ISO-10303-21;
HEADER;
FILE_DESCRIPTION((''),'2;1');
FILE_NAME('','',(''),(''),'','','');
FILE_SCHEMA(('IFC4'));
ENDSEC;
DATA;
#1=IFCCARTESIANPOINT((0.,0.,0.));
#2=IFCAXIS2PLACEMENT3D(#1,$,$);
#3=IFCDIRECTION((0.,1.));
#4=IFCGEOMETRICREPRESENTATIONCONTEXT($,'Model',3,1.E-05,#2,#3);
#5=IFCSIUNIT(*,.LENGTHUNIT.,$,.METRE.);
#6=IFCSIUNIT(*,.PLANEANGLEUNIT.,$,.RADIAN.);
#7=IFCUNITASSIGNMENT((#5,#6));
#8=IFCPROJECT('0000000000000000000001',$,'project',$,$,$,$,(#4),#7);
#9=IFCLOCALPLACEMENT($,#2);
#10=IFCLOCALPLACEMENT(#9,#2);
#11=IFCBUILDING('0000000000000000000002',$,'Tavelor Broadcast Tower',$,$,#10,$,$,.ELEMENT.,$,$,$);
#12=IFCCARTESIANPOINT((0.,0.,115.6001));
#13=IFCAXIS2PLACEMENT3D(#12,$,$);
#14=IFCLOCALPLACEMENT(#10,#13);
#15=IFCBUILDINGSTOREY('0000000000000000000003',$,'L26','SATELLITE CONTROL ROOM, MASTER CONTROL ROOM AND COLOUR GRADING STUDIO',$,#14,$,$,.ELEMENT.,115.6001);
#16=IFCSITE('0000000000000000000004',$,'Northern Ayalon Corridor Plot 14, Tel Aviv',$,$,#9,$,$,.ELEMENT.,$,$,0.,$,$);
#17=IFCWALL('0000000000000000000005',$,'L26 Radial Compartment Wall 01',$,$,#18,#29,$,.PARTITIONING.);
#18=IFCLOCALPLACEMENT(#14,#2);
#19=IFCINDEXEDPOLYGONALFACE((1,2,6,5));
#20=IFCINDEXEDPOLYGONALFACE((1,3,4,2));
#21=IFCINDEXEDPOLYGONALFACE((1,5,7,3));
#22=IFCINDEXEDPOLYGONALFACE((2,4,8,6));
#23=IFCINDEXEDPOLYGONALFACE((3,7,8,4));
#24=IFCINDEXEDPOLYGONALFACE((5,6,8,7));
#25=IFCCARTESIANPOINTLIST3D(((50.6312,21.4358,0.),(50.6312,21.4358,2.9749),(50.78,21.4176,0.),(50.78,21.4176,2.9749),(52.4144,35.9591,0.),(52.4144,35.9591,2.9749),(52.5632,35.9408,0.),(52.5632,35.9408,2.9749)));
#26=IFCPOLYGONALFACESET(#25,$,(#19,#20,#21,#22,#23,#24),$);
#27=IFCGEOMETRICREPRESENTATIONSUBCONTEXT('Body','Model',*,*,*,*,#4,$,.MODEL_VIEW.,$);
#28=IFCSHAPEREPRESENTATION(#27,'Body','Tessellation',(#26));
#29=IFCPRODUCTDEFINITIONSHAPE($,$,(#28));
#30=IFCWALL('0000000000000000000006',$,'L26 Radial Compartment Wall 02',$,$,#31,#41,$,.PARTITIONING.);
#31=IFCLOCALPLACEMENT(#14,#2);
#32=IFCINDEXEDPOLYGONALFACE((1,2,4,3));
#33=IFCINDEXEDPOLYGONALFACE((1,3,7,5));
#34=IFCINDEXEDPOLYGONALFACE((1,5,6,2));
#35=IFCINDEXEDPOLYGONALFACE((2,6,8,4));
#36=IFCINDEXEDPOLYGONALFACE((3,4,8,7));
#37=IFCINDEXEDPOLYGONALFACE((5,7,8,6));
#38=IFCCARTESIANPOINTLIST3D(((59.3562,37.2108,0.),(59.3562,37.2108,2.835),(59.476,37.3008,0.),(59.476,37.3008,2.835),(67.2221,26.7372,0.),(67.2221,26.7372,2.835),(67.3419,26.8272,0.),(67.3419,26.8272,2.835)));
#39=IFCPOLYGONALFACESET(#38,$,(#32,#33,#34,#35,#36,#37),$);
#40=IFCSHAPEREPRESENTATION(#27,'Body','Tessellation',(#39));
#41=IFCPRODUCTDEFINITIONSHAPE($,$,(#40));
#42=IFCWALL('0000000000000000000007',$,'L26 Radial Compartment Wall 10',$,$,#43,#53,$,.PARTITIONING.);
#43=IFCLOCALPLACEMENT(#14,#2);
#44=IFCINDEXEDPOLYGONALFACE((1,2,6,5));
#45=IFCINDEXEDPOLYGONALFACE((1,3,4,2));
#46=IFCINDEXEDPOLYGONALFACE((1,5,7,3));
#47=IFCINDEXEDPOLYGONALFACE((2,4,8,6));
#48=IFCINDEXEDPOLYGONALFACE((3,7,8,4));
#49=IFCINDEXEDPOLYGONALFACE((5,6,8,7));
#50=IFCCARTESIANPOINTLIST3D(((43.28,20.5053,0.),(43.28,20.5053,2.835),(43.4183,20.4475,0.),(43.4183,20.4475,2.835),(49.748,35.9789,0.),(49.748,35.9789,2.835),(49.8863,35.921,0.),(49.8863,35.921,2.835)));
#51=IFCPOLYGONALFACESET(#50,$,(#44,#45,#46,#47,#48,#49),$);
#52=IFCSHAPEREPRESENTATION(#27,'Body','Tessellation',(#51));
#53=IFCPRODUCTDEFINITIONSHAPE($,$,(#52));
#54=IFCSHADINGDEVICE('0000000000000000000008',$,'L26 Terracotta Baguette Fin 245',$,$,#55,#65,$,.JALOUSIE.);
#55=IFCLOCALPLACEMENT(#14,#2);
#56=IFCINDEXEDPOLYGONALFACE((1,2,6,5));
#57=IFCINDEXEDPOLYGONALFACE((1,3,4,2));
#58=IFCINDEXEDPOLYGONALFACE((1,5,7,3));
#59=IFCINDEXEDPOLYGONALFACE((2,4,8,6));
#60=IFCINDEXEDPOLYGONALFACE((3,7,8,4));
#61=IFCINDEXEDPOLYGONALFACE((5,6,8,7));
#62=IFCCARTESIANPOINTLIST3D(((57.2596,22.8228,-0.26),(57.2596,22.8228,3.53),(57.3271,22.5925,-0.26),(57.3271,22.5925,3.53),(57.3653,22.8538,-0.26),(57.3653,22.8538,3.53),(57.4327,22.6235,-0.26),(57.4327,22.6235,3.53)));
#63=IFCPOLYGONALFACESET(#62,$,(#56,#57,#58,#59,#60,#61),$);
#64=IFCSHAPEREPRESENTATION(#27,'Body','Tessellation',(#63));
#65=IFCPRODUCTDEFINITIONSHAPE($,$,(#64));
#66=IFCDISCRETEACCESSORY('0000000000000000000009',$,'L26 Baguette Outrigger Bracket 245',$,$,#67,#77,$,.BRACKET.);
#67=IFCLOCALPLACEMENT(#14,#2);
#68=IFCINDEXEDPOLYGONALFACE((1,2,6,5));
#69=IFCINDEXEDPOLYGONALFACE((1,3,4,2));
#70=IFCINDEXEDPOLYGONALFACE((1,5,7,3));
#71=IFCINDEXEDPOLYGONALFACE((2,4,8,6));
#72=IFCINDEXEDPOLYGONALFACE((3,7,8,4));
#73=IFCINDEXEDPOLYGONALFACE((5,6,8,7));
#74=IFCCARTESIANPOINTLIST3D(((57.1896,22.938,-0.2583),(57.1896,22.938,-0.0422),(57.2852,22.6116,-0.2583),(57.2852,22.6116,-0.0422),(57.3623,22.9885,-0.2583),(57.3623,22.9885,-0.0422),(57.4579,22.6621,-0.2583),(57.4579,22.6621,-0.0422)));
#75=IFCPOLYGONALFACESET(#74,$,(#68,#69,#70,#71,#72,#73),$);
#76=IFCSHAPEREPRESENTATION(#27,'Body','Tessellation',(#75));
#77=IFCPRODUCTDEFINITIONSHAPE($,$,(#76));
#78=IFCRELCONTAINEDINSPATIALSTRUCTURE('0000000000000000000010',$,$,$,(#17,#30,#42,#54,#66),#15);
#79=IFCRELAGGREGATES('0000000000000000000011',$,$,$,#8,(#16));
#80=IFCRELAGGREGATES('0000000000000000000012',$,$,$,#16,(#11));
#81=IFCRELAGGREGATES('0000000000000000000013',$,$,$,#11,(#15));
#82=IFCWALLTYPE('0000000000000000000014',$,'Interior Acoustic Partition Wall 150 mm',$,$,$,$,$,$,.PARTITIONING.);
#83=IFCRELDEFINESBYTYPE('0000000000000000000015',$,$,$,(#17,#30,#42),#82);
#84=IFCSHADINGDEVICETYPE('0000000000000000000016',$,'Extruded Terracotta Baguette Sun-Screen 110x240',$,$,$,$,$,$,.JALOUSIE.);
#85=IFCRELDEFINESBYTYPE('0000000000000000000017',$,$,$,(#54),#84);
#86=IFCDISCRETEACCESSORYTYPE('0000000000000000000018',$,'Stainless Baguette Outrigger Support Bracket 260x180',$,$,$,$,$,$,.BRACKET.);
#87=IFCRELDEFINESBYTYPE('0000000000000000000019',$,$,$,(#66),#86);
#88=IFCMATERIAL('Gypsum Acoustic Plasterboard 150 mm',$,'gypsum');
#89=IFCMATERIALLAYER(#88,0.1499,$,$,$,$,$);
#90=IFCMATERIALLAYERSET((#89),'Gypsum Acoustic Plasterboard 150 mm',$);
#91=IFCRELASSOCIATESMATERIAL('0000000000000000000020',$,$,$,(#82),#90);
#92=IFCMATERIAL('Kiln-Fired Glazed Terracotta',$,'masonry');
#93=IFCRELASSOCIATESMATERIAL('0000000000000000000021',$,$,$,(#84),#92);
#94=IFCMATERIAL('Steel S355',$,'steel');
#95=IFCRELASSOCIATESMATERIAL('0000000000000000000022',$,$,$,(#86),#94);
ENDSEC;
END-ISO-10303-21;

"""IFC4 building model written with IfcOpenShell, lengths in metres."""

from ifc_helpers import new_model, si_unit, direction, frame, frame_2d, origin, origin_2d, place, context, subcontext, project, spatial, rectangle, extrude, source, transform, mapped, material, layer, layer_set, type_object, type_shapes, element, save


model = new_model("IFC4")

# Units and contexts
model_context = context("Model", 3, precision=1e-05, world=origin(), true_north=direction((0.0, 1.0)))
body_context = subcontext(model_context, "Body", "Model", "MODEL_VIEW")
ifc_project = project(units=[si_unit("LENGTHUNIT", "METRE"), si_unit("PLANEANGLEUNIT", "RADIAN")], contexts=[model_context])

# Site, building, storey
site_placement = place(None, origin())
site = spatial("IfcSite", under=ifc_project, at=site_placement, Name="Northern Ayalon Corridor Plot 14, Tel Aviv", CompositionType="ELEMENT", RefElevation=0.0)
building_placement = place(site_placement, origin())
building = spatial("IfcBuilding", under=site, at=building_placement, Name="Tavelor Broadcast Tower", CompositionType="ELEMENT")
storey_placement = place(building_placement, frame((0.0, 0.0, 115.6001)))
storey = spatial("IfcBuildingStorey", under=building, at=storey_placement, Name="L26", Description="SATELLITE CONTROL ROOM, MASTER CONTROL ROOM AND COLOUR GRADING STUDIO", CompositionType="ELEMENT", Elevation=115.6001)

# Shared definitions
ifc_material_1 = material(Name="Steel S355", Category="steel")

# Walls
ifc_material_2 = material(Name="Gypsum Acoustic Plasterboard 150 mm", Category="gypsum")
ifc_layer_1 = layer(ifc_material_2, 0.1499)
ifc_layer_set_1 = layer_set([ifc_layer_1], Name="Gypsum Acoustic Plasterboard 150 mm")
wall_type_1 = type_object("IfcWallType", Name="Interior Acoustic Partition Wall 150 mm", PredefinedType="PARTITIONING", material=ifc_layer_set_1)
wall_1_placement = place(storey_placement, frame((52.4888, 35.95, 0.0), z_axis=(0.0, 0.0, 1.0), x_axis=(-0.121868, -0.992546, 0.0)))
element("IfcWall", 1, at=wall_1_placement, inside=storey, type_object=wall_type_1, Name="L26 Radial Compartment Wall 01", PredefinedType="PARTITIONING", context=body_context, shape_type="SweptSolid", body=[
    extrude(rectangle(XDim=14.6323, YDim=0.1499, at=frame_2d((7.3162, 0.0))), origin(), (0.0, 0.0, 1.0), 2.9749),
])
wall_2_placement = place(storey_placement, frame((59.416, 37.2559, 0.0), z_axis=(0.0, 0.0, 1.0), x_axis=(0.600525, -0.799606, 0.0)))
element("IfcWall", 2, at=wall_2_placement, inside=storey, type_object=wall_type_1, Name="L26 Radial Compartment Wall 02", PredefinedType="PARTITIONING", context=body_context, shape_type="SweptSolid", body=[
    extrude(rectangle(XDim=13.0984, YDim=0.1499, at=frame_2d((6.5493, 0.0))), origin(), (0.0, 0.0, 1.0), 2.835),
])
wall_3_placement = place(storey_placement, frame((49.8171, 35.95, 0.0), z_axis=(0.0, 0.0, 1.0), x_axis=(-0.385665, -0.922639, 0.0)))
element("IfcWall", 3, at=wall_3_placement, inside=storey, type_object=wall_type_1, Name="L26 Radial Compartment Wall 10", PredefinedType="PARTITIONING", context=body_context, shape_type="SweptSolid", body=[
    extrude(rectangle(XDim=16.771, YDim=0.1499, at=frame_2d((8.3855, 0.0))), origin(), (0.0, 0.0, 1.0), 2.835),
])

# Shading device
ifc_material_3 = material(Name="Kiln-Fired Glazed Terracotta", Category="masonry")
shading_device_type = type_object("IfcShadingDeviceType", Name="Extruded Terracotta Baguette Sun-Screen 110x240", PredefinedType="JALOUSIE", material=ifc_material_3)
shared_shape_1 = source(origin(), body_context, "Body", "SweptSolid", [
    extrude(rectangle(XDim=0.1101, YDim=0.24, at=origin_2d()), origin(), (0.0, 0.0, 1.0), 3.79),
])
type_shapes(shading_device_type, [shared_shape_1])
shading_device_placement = place(storey_placement, frame((57.3462, 22.7231, -0.26), z_axis=(0.0, 0.0, 1.0), x_axis=(0.959707, 0.281002, 0.0)))
element("IfcShadingDevice", 4, at=shading_device_placement, inside=storey, type_object=shading_device_type, Name="L26 Terracotta Baguette Fin 245", PredefinedType="JALOUSIE", context=body_context, shape_type="MappedRepresentation", body=[
    mapped(shared_shape_1, transform((0.0, 0.0, 0.0), scale=1.0)),
])

# Discrete accessory
discrete_accessory_type = type_object("IfcDiscreteAccessoryType", Name="Stainless Baguette Outrigger Support Bracket 260x180", PredefinedType="BRACKET", material=ifc_material_1)
shared_shape_2 = source(origin(), body_context, "Body", "SweptSolid", [
    extrude(rectangle(XDim=0.1799, YDim=0.3401, at=origin_2d()), origin(), (0.0, 0.0, 1.0), 0.2161),
])
type_shapes(discrete_accessory_type, [shared_shape_2])
discrete_accessory_placement = place(storey_placement, frame((57.3237, 22.8, -0.2583), z_axis=(0.0, 0.0, 1.0), x_axis=(0.959707, 0.281002, 0.0)))
element("IfcDiscreteAccessory", 5, at=discrete_accessory_placement, inside=storey, type_object=discrete_accessory_type, Name="L26 Baguette Outrigger Bracket 245", PredefinedType="BRACKET", context=body_context, shape_type="MappedRepresentation", body=[
    mapped(shared_shape_2, transform((0.0, 0.0, 0.0), scale=1.0)),
])

save(model, "model.ifc")
